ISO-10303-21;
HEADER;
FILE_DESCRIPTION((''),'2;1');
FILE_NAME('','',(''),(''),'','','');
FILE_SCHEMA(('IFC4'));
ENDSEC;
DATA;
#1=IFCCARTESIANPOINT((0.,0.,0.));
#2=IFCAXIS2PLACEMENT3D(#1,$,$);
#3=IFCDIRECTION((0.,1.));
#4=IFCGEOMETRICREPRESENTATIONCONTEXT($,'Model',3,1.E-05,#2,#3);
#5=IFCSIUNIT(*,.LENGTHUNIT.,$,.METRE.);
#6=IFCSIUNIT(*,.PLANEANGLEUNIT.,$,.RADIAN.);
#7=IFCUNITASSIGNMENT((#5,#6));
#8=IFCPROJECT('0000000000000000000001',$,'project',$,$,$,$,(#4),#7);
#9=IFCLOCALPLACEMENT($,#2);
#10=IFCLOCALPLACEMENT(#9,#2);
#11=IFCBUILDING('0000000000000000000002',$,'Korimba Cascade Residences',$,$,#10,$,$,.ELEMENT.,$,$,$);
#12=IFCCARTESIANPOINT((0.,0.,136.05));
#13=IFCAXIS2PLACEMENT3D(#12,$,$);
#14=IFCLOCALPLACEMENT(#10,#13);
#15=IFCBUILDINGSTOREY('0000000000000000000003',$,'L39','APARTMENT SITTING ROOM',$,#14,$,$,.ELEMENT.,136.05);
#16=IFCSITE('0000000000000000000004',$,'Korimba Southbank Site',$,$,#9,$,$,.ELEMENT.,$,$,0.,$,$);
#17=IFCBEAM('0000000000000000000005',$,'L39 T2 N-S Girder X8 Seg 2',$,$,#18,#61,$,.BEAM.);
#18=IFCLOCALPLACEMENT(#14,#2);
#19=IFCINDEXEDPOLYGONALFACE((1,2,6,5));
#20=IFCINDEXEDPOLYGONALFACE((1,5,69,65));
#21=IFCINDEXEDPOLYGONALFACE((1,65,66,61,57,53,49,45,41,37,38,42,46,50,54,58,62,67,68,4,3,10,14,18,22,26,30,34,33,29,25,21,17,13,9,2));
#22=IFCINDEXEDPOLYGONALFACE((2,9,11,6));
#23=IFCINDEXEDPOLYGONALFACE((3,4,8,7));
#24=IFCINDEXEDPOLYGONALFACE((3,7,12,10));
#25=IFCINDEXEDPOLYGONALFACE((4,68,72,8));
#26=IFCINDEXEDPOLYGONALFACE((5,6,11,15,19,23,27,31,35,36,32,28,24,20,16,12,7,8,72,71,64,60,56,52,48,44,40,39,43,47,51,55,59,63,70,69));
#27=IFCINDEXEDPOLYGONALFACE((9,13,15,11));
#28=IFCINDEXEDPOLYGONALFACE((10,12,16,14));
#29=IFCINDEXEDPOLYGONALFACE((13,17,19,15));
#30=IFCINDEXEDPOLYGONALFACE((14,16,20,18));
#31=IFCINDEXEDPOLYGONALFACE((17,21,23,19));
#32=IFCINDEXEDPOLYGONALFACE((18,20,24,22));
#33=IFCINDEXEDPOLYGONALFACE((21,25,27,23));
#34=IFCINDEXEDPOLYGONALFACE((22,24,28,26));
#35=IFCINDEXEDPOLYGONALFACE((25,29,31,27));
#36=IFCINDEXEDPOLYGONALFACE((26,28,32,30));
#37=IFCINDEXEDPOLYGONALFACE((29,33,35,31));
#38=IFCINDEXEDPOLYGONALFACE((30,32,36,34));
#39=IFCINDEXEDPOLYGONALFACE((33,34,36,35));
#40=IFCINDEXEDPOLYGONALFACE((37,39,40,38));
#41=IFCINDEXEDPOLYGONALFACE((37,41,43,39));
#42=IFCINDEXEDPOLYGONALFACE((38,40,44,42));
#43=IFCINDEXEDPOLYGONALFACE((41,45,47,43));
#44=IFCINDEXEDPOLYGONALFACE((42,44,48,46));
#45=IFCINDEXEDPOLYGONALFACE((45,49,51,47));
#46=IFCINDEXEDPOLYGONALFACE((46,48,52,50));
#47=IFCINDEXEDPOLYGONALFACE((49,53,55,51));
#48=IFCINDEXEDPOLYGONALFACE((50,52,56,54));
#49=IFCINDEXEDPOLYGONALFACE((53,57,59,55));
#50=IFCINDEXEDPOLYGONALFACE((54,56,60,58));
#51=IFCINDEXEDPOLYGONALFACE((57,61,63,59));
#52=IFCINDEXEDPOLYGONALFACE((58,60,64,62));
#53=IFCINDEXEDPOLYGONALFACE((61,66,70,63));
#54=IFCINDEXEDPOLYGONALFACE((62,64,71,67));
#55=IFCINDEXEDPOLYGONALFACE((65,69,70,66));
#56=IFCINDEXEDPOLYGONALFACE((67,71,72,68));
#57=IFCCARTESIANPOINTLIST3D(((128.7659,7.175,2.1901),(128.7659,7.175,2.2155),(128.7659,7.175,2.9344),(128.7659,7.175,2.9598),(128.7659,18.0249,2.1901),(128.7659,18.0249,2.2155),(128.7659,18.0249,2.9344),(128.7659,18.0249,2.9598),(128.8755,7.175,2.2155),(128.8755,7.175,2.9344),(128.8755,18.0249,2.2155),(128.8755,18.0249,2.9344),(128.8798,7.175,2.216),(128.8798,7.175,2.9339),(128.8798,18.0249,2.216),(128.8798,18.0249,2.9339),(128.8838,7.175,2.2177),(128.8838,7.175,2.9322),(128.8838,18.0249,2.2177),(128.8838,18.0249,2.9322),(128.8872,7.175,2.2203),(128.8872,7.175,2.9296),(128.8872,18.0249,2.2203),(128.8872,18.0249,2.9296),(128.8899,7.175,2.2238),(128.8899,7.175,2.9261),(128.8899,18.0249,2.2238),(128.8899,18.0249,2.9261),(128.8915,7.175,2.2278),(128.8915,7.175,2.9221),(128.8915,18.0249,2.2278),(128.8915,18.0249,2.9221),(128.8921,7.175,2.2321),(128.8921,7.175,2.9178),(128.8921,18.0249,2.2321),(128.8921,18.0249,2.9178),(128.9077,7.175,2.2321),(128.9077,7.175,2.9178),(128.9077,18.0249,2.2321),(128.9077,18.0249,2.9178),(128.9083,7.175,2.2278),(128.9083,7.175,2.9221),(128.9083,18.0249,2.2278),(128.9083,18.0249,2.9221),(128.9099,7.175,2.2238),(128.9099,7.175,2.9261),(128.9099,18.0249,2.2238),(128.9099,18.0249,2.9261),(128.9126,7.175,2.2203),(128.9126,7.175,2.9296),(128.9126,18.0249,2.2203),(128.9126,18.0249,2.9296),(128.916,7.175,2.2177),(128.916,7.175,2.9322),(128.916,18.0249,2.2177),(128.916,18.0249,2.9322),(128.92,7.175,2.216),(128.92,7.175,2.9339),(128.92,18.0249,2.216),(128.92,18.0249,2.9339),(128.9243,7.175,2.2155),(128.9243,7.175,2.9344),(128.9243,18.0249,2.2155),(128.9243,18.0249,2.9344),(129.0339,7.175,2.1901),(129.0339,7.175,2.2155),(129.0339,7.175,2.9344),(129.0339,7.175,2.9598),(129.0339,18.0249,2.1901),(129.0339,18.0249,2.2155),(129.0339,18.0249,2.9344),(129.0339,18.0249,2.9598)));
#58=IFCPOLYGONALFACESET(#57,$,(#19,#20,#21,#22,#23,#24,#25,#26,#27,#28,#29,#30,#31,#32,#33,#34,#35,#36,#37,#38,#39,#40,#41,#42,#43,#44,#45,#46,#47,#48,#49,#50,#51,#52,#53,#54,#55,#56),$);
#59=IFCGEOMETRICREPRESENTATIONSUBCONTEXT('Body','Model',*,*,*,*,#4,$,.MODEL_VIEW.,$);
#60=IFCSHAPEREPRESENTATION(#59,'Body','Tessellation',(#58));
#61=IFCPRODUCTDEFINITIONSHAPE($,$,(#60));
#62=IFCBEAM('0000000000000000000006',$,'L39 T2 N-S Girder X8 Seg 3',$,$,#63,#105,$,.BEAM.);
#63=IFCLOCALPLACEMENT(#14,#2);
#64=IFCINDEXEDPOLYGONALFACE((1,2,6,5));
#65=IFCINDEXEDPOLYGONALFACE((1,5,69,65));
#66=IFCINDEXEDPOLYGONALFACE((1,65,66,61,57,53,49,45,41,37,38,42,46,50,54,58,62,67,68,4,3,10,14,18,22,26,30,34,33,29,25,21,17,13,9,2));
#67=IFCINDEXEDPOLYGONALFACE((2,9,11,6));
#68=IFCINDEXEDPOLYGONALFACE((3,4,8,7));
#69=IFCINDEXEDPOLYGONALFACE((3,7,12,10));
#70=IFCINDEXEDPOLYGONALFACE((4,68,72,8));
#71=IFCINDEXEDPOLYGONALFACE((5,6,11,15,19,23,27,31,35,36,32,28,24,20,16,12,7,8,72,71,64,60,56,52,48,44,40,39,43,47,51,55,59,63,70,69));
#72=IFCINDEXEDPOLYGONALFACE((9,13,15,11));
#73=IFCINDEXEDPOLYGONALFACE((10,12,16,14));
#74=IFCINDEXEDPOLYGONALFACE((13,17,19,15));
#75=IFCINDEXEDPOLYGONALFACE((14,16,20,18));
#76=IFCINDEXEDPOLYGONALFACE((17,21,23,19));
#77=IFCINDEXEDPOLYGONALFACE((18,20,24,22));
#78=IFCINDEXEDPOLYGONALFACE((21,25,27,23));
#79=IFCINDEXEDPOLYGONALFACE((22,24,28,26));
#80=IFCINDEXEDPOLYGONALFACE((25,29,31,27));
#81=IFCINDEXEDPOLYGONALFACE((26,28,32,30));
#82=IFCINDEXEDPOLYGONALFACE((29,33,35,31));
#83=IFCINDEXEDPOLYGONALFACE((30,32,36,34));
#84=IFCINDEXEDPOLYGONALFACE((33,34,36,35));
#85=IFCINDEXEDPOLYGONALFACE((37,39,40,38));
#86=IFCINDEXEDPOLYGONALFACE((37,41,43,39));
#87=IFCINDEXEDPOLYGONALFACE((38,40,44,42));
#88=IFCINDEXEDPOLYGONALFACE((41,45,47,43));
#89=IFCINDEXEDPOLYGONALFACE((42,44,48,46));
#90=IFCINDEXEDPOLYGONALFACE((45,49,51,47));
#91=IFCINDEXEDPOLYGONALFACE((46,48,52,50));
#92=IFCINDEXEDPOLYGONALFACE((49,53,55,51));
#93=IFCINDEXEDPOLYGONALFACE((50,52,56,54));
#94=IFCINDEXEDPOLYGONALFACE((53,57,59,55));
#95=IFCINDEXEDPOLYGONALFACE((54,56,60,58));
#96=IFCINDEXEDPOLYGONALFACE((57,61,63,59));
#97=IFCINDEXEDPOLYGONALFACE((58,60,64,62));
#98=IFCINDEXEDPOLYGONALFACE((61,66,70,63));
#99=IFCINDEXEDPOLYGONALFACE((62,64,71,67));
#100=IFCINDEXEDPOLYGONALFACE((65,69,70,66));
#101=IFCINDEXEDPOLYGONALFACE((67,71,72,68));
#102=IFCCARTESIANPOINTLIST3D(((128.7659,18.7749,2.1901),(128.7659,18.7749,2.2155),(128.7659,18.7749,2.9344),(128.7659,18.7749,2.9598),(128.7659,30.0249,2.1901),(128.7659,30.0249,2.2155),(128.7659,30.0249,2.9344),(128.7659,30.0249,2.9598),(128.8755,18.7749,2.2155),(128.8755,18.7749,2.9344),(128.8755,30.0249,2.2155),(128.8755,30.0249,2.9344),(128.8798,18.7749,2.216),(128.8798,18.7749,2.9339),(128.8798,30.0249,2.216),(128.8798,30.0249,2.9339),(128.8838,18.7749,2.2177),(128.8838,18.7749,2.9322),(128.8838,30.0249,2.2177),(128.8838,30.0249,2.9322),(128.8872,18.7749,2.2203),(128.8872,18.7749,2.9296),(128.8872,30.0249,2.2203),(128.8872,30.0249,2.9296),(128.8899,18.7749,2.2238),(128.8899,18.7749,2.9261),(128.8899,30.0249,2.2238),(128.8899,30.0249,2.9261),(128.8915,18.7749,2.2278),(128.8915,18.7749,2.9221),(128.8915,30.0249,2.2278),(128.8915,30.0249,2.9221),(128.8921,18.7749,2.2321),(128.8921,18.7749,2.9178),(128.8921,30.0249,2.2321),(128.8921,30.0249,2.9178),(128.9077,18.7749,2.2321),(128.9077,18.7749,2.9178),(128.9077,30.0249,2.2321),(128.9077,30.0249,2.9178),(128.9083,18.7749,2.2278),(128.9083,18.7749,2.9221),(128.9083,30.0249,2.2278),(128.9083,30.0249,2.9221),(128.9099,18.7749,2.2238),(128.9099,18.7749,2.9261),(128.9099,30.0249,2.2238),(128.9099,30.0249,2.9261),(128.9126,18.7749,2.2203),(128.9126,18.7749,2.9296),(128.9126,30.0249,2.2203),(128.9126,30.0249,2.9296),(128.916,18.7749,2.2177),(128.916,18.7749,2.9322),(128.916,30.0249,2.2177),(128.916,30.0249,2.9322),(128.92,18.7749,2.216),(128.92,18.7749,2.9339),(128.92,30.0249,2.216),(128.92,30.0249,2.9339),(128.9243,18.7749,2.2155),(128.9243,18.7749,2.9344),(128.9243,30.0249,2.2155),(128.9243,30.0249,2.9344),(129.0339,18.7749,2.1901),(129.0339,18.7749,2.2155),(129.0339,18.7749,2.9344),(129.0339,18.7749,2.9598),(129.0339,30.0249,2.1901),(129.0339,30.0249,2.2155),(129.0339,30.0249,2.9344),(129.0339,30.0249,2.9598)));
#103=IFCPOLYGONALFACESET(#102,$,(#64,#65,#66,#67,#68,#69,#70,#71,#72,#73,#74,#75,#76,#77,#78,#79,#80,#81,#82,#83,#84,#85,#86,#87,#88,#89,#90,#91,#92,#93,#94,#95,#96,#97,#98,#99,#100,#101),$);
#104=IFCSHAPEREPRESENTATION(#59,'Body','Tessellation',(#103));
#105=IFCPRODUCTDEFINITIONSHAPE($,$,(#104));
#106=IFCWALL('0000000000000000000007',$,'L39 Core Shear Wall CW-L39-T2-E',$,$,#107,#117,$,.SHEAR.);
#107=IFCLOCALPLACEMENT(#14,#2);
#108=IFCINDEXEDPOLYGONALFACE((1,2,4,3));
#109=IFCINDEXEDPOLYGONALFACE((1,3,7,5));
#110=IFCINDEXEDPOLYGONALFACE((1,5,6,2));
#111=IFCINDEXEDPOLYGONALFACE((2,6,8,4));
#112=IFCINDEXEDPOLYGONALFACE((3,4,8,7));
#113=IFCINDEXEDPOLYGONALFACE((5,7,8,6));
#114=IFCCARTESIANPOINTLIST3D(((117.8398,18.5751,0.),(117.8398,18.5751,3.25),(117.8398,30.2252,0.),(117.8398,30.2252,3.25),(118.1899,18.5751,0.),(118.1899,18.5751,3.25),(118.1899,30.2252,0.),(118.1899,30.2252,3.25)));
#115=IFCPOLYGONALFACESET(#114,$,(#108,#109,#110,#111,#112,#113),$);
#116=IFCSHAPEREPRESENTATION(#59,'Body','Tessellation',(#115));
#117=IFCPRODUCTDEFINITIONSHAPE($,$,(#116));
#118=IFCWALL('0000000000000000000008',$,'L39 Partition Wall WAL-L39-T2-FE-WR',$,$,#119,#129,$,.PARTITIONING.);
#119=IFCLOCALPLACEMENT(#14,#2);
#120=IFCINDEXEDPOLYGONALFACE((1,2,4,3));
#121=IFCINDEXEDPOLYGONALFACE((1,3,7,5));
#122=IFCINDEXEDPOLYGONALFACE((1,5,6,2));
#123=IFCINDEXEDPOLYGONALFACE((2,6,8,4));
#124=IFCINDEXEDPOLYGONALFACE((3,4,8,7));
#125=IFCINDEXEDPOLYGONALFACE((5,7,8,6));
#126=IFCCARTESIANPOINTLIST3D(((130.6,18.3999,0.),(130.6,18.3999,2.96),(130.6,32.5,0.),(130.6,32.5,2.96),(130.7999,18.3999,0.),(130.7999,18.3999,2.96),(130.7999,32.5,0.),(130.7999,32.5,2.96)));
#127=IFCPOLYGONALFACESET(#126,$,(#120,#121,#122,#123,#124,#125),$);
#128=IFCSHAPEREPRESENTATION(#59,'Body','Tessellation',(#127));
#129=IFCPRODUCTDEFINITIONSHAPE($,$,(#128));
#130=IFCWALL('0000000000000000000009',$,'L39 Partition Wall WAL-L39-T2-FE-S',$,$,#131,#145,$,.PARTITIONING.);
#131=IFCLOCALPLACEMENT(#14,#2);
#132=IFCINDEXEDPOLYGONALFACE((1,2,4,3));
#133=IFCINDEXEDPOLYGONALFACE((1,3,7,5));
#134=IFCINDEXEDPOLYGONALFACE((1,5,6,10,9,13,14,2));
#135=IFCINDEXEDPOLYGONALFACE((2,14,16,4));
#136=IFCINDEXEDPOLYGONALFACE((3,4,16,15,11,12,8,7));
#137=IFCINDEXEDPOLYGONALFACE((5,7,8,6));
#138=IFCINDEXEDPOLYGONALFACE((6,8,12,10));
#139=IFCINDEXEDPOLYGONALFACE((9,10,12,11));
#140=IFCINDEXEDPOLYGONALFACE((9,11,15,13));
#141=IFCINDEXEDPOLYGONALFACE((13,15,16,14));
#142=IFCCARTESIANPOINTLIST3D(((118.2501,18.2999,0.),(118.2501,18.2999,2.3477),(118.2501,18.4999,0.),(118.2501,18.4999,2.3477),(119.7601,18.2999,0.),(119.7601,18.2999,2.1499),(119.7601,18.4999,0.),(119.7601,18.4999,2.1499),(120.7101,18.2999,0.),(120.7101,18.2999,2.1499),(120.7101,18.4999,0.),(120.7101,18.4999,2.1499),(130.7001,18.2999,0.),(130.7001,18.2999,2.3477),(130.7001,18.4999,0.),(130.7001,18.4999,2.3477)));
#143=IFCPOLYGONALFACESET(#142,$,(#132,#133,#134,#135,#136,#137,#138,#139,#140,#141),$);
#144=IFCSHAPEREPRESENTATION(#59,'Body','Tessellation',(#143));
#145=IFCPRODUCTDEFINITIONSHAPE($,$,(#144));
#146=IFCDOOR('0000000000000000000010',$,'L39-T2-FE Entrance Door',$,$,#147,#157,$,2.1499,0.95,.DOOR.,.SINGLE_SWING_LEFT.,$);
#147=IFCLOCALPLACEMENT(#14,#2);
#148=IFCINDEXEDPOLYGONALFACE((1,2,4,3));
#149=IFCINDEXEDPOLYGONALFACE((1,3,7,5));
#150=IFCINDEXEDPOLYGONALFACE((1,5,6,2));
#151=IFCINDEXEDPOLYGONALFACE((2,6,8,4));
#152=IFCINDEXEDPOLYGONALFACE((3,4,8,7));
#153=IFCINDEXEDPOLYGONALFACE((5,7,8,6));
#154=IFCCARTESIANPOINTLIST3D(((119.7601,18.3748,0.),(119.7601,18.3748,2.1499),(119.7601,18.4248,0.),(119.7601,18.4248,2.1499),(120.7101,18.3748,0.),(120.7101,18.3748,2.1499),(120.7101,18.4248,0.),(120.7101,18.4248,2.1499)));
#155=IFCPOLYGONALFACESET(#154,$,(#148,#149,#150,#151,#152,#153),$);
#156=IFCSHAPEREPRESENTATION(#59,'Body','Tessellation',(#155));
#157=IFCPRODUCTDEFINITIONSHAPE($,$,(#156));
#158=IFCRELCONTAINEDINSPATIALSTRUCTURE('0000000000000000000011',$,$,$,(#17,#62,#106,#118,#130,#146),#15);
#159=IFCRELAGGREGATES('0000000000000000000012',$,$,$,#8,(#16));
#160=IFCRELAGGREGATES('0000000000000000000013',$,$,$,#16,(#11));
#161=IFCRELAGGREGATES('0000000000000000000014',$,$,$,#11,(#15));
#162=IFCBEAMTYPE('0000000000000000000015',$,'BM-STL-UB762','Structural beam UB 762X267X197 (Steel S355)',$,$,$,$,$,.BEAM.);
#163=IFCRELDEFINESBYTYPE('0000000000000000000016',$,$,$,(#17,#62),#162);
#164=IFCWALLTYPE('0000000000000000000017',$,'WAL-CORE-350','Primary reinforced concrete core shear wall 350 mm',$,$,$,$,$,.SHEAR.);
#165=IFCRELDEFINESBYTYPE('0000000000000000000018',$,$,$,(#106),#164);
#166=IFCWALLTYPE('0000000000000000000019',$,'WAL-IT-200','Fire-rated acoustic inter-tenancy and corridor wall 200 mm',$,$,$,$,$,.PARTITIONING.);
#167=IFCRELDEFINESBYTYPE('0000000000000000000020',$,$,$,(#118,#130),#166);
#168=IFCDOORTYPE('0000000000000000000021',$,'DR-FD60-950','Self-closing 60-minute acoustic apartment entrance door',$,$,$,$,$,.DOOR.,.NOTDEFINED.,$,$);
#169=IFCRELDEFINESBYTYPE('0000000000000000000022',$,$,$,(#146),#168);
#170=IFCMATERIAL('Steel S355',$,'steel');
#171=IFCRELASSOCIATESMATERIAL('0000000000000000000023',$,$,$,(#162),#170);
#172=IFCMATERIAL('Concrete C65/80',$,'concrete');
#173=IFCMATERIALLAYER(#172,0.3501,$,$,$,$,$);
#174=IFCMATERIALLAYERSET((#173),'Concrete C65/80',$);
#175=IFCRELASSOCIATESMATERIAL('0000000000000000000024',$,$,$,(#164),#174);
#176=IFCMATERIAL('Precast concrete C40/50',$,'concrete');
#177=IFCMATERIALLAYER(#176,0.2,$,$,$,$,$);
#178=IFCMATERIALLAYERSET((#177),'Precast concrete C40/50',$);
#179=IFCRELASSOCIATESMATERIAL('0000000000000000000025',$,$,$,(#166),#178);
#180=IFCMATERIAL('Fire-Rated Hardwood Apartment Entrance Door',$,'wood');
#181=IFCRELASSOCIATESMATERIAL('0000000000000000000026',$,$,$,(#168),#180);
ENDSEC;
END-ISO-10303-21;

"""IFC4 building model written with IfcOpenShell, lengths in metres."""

from ifc_helpers import new_model, si_unit, direction, frame, frame_2d, origin, origin_2d, place, context, subcontext, project, spatial, rectangle, i_section, extrude, material, layer, layer_set, material_profile, profile_set, type_object, element, fill, save


model = new_model("IFC4")

# Units and contexts
model_context = context("Model", 3, precision=1e-05, world=origin(), true_north=direction((0.0, 1.0)))
body_context = subcontext(model_context, "Body", "Model", "MODEL_VIEW")
ifc_project = project(units=[si_unit("LENGTHUNIT", "METRE"), si_unit("PLANEANGLEUNIT", "RADIAN")], contexts=[model_context])

# Site, building, storey
site_placement = place(None, origin())
site = spatial("IfcSite", under=ifc_project, at=site_placement, Name="Korimba Southbank Site", CompositionType="ELEMENT", RefElevation=0.0)
building_placement = place(site_placement, origin())
building = spatial("IfcBuilding", under=site, at=building_placement, Name="Korimba Cascade Residences", CompositionType="ELEMENT")
storey_placement = place(building_placement, frame((0.0, 0.0, 136.05)))
storey = spatial("IfcBuildingStorey", under=building, at=storey_placement, Name="L39", Description="APARTMENT SITTING ROOM", CompositionType="ELEMENT", Elevation=136.05)

# Shared definitions
ifc_material_1 = material(Name="Concrete C65/80", Category="concrete")

# Beams
ifc_material_2 = material(Name="Steel S355", Category="steel")
ifc_material_profile_1 = material_profile(ifc_material_2, i_section(OverallWidth=0.2681, OverallDepth=0.7698, WebThickness=0.0156, FlangeThickness=0.0254, FilletRadius=0.0166, at=origin_2d()), Name="Steel S355")
ifc_profile_set_1 = profile_set([ifc_material_profile_1], Name="Steel S355")
beam_type_1 = type_object("IfcBeamType", Name="BM-STL-UB762", Description="Structural beam UB 762X267X197 (Steel S355)", PredefinedType="BEAM", material=ifc_profile_set_1)
beam_1_placement = place(storey_placement, frame((128.8999, 7.175, 2.575), z_axis=(0.0, 1.0, 0.0), x_axis=(-1.0, 0.0, 0.0)))
element("IfcBeam", 1, at=beam_1_placement, inside=storey, type_object=beam_type_1, Name="L39 T2 N-S Girder X8 Seg 2", PredefinedType="BEAM", context=body_context, shape_type="SweptSolid", body=[
    extrude(i_section(OverallWidth=0.2681, OverallDepth=0.7698, WebThickness=0.0156, FlangeThickness=0.0254, FilletRadius=0.0166, at=origin_2d()), origin(), (0.0, 0.0, 1.0), 10.8499),
])
beam_2_placement = place(storey_placement, frame((128.8999, 18.7749, 2.575), z_axis=(0.0, 1.0, 0.0), x_axis=(-1.0, 0.0, 0.0)))
element("IfcBeam", 2, at=beam_2_placement, inside=storey, type_object=beam_type_1, Name="L39 T2 N-S Girder X8 Seg 3", PredefinedType="BEAM", context=body_context, shape_type="SweptSolid", body=[
    extrude(i_section(OverallWidth=0.2681, OverallDepth=0.7698, WebThickness=0.0156, FlangeThickness=0.0254, FilletRadius=0.0166, at=origin_2d()), origin(), (0.0, 0.0, 1.0), 11.25),
])

# Walls
ifc_layer_1 = layer(ifc_material_1, 0.3501)
ifc_layer_set_1 = layer_set([ifc_layer_1], Name="Concrete C65/80")
wall_type_1 = type_object("IfcWallType", Name="WAL-CORE-350", Description="Primary reinforced concrete core shear wall 350 mm", PredefinedType="SHEAR", material=ifc_layer_set_1)
wall_1_placement = place(storey_placement, frame((118.0149, 18.575, 0.0), z_axis=(0.0, 0.0, 1.0), x_axis=(0.0, 1.0, 0.0)))
element("IfcWall", 3, at=wall_1_placement, inside=storey, type_object=wall_type_1, Name="L39 Core Shear Wall CW-L39-T2-E", PredefinedType="SHEAR", context=body_context, shape_type="SweptSolid", body=[
    extrude(rectangle(XDim=11.6501, YDim=0.3501, at=frame_2d((5.8252, 0.0))), origin(), (0.0, 0.0, 1.0), 3.25),
])
ifc_material_3 = material(Name="Precast concrete C40/50", Category="concrete")
ifc_layer_2 = layer(ifc_material_3, 0.2)
ifc_layer_set_2 = layer_set([ifc_layer_2], Name="Precast concrete C40/50")
wall_type_2 = type_object("IfcWallType", Name="WAL-IT-200", Description="Fire-rated acoustic inter-tenancy and corridor wall 200 mm", PredefinedType="PARTITIONING", material=ifc_layer_set_2)
wall_2_placement = place(storey_placement, frame((130.7, 18.3999, 0.0), z_axis=(0.0, 0.0, 1.0), x_axis=(0.0, 1.0, 0.0)))
element("IfcWall", 4, at=wall_2_placement, inside=storey, type_object=wall_type_2, Name="L39 Partition Wall WAL-L39-T2-FE-WR", PredefinedType="PARTITIONING", context=body_context, shape_type="SweptSolid", body=[
    extrude(rectangle(XDim=14.1001, YDim=0.2, at=frame_2d((7.05, 0.0))), origin(), (0.0, 0.0, 1.0), 2.96),
])

# Wall, opening, door
wall_3_placement = place(storey_placement, frame((118.25, 18.3999, 0.0), z_axis=(0.0, 0.0, 1.0), x_axis=(1.0, 0.0, 0.0)))
wall_3 = element("IfcWall", 5, at=wall_3_placement, inside=storey, type_object=wall_type_2, Name="L39 Partition Wall WAL-L39-T2-FE-S", PredefinedType="PARTITIONING", context=body_context, shape_type="SweptSolid", body=[
    extrude(rectangle(XDim=12.45, YDim=0.2, at=frame_2d((6.2251, 0.0))), origin(), (0.0, 0.0, 1.0), 2.3477),
])
opening_1_placement = place(wall_3_placement, frame((1.51, 0.0, 0.0)))
opening_1 = element("IfcOpeningElement", 6, at=opening_1_placement, cuts=wall_3, PredefinedType="OPENING", context=body_context, shape_type="SweptSolid", body=[
    extrude(rectangle(XDim=0.95, YDim=2.1499, at=frame_2d((0.4751, 1.075))), frame((0.0, 0.1099, 0.0), z_axis=(0.0, -1.0, 0.0), x_axis=(1.0, 0.0, 0.0)), (0.0, 0.0, 1.0), 0.22),
])
ifc_material_4 = material(Name="Fire-Rated Hardwood Apartment Entrance Door", Category="wood")
door_type_1 = type_object("IfcDoorType", Name="DR-FD60-950", Description="Self-closing 60-minute acoustic apartment entrance door", OperationType="NOTDEFINED", PredefinedType="DOOR", material=ifc_material_4)
door_1_placement = place(opening_1_placement, origin())
door_1 = element("IfcDoor", 7, at=door_1_placement, inside=storey, type_object=door_type_1, Name="L39-T2-FE Entrance Door", OperationType="SINGLE_SWING_LEFT", OverallHeight=2.1499, OverallWidth=0.95, PredefinedType="DOOR", context=body_context, shape_type="SweptSolid", body=[
    extrude(rectangle(XDim=0.95, YDim=2.1499, at=frame_2d((0.4751, 1.075))), frame((0.0, 0.0249, 0.0), z_axis=(0.0, -1.0, 0.0), x_axis=(1.0, 0.0, 0.0)), (0.0, 0.0, 1.0), 0.05),
])
fill(opening_1, door_1)

save(model, "model.ifc")
